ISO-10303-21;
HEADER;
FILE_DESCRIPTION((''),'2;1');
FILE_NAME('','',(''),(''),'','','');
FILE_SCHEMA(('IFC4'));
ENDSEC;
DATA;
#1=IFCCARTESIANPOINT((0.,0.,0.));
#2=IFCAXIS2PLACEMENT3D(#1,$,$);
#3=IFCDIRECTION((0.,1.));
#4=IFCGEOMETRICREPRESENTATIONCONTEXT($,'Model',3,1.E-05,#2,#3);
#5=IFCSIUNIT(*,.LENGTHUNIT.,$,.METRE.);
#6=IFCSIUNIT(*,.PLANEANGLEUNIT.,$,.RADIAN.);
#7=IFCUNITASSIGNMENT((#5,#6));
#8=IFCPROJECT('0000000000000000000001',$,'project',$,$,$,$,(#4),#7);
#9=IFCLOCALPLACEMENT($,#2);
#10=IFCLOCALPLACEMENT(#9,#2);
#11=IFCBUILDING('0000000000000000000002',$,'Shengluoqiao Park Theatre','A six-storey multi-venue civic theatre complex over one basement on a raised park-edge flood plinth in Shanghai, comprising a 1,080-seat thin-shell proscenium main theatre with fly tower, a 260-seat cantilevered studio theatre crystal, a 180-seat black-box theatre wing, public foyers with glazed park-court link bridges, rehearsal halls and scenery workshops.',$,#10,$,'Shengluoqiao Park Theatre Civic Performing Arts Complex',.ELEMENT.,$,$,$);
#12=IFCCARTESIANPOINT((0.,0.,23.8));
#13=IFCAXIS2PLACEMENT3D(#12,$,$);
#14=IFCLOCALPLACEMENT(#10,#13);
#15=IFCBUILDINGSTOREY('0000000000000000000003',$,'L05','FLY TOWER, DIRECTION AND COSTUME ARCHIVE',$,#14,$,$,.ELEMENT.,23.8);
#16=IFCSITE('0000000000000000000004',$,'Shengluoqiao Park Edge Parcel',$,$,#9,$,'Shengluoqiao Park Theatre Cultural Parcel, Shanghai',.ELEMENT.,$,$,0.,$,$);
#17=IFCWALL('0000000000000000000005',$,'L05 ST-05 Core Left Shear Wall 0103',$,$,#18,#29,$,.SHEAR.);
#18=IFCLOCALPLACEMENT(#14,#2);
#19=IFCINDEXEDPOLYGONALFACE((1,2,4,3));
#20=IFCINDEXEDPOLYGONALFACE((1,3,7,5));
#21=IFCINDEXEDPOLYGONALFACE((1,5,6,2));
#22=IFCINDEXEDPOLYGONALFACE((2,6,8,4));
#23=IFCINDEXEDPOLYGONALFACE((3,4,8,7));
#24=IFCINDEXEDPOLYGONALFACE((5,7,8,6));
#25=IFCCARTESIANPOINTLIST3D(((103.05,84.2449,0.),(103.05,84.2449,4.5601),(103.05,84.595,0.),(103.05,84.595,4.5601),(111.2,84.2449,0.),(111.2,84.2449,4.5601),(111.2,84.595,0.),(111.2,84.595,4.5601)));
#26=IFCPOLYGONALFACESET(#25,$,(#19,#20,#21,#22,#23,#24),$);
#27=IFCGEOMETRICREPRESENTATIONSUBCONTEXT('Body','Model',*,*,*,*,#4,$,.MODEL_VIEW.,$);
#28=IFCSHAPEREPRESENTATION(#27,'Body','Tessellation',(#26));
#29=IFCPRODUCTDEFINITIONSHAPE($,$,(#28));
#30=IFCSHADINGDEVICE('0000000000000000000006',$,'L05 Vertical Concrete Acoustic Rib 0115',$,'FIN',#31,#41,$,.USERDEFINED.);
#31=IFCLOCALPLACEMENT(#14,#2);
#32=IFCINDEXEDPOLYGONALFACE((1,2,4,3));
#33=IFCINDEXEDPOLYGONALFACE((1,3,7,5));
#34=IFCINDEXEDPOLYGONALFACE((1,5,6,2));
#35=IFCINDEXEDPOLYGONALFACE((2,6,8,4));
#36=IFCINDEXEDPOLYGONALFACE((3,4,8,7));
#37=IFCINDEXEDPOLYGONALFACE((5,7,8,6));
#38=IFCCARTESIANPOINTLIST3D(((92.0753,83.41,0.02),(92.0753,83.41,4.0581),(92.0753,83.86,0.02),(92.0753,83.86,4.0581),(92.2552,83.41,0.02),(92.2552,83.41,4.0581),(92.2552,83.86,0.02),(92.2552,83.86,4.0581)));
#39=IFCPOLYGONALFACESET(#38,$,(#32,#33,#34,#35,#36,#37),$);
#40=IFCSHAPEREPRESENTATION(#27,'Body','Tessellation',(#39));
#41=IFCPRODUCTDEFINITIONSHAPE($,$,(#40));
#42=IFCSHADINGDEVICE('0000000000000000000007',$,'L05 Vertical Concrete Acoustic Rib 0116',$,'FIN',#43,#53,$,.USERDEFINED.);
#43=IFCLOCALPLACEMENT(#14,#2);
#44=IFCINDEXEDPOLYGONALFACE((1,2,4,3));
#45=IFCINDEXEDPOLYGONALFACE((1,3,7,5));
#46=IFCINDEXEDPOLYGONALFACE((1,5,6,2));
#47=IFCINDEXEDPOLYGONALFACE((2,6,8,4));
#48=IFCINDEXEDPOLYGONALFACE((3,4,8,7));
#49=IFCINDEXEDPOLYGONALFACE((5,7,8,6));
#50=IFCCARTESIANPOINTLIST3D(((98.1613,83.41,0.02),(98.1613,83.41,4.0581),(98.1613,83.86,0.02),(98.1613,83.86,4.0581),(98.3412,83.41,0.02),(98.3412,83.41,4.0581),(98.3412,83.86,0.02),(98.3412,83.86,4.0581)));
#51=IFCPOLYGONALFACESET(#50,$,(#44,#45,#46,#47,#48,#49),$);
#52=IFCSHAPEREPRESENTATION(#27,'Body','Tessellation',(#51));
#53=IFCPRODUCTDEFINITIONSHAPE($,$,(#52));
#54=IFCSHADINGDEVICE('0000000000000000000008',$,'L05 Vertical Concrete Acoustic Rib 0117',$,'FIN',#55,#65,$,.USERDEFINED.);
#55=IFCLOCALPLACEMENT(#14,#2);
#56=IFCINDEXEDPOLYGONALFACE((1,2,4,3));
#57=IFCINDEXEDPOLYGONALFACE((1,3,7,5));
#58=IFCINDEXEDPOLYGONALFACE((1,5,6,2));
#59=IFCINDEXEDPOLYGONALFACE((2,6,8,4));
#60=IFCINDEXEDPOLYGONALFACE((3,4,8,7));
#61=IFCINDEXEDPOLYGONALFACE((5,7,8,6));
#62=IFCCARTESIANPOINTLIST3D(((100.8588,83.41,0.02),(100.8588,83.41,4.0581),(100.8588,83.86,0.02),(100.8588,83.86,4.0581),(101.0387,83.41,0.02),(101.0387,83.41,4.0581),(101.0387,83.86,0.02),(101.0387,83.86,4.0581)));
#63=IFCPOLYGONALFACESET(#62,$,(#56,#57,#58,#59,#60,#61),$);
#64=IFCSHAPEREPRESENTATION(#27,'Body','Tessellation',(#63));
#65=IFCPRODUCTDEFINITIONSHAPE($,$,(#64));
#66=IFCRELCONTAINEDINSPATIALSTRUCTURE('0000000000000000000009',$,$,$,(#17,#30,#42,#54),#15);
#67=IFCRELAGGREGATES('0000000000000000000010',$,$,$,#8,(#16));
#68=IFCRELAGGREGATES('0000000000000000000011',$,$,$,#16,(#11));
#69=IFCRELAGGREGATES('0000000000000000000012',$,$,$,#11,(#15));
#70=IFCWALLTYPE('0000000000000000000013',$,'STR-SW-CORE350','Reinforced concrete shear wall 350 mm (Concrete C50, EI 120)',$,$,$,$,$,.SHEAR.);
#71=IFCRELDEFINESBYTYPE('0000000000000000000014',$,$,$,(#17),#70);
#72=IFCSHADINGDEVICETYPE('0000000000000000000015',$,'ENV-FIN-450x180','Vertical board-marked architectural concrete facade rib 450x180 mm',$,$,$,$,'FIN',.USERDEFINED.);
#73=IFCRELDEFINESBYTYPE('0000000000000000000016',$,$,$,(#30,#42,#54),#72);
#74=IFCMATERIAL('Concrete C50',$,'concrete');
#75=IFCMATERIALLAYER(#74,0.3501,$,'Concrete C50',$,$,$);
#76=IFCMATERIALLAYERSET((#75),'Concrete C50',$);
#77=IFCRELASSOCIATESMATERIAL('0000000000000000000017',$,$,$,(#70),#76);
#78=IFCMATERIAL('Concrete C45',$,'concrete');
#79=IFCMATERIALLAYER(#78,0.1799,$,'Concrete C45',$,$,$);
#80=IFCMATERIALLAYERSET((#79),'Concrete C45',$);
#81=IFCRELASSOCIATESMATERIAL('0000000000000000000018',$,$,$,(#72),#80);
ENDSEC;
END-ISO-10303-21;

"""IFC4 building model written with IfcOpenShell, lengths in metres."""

from ifc_helpers import new_model, si_unit, direction, frame, frame_2d, origin, origin_2d, place, context, subcontext, project, spatial, rectangle, extrude, material, layer, layer_set, type_object, element, save


model = new_model("IFC4")

# Units and contexts
model_context = context("Model", 3, precision=1e-05, world=origin(), true_north=direction((0.0, 1.0)))
body_context = subcontext(model_context, "Body", "Model", "MODEL_VIEW")
ifc_project = project(units=[si_unit("LENGTHUNIT", "METRE"), si_unit("PLANEANGLEUNIT", "RADIAN")], contexts=[model_context])

# Site, building, storey
site_placement = place(None, origin())
site = spatial("IfcSite", under=ifc_project, at=site_placement, Name="Shengluoqiao Park Edge Parcel", LongName="Shengluoqiao Park Theatre Cultural Parcel, Shanghai", CompositionType="ELEMENT", RefElevation=0.0)
building_placement = place(site_placement, origin())
building = spatial("IfcBuilding", under=site, at=building_placement, Name="Shengluoqiao Park Theatre", Description="A six-storey multi-venue civic theatre complex over one basement on a raised park-edge flood plinth in Shanghai, comprising a 1,080-seat thin-shell proscenium main theatre with fly tower, a 260-seat cantilevered studio theatre crystal, a 180-seat black-box theatre wing, public foyers with glazed park-court link bridges, rehearsal halls and scenery workshops.", LongName="Shengluoqiao Park Theatre Civic Performing Arts Complex", CompositionType="ELEMENT")
storey_placement = place(building_placement, frame((0.0, 0.0, 23.8)))
storey = spatial("IfcBuildingStorey", under=building, at=storey_placement, Name="L05", Description="FLY TOWER, DIRECTION AND COSTUME ARCHIVE", CompositionType="ELEMENT", Elevation=23.8)

# Shared definitions
ifc_material_1 = material(Name="Concrete C50", Category="concrete")

# Wall
ifc_layer_1 = layer(ifc_material_1, 0.3501, Name="Concrete C50")
ifc_layer_set_1 = layer_set([ifc_layer_1], Name="Concrete C50")
wall_type_1 = type_object("IfcWallType", Name="STR-SW-CORE350", Description="Reinforced concrete shear wall 350 mm (Concrete C50, EI 120)", PredefinedType="SHEAR", material=ifc_layer_set_1)
wall_1_placement = place(storey_placement, frame((103.05, 84.4199, 0.0), z_axis=(0.0, 0.0, 1.0), x_axis=(1.0, 0.0, 0.0)))
element("IfcWall", 1, at=wall_1_placement, inside=storey, type_object=wall_type_1, Name="L05 ST-05 Core Left Shear Wall 0103", PredefinedType="SHEAR", context=body_context, shape_type="SweptSolid", body=[
    extrude(rectangle(XDim=8.1499, YDim=0.3501, at=frame_2d((4.075, 0.0))), origin(), (0.0, 0.0, 1.0), 4.5601),
])

# Shading devices
ifc_material_2 = material(Name="Concrete C45", Category="concrete")
ifc_layer_2 = layer(ifc_material_2, 0.1799, Name="Concrete C45")
ifc_layer_set_2 = layer_set([ifc_layer_2], Name="Concrete C45")
shading_device_type = type_object("IfcShadingDeviceType", Name="ENV-FIN-450x180", Description="Vertical board-marked architectural concrete facade rib 450x180 mm", ElementType="FIN", PredefinedType="USERDEFINED", material=ifc_layer_set_2)
for number, where, z_axis, x_axis, name in (
    (2, (92.1653, 83.635, 0.02), (0.0, 0.0, 1.0), (0.0, -1.0, 0.0), "L05 Vertical Concrete Acoustic Rib 0115"),
    (3, (98.2512, 83.635, 0.02), (0.0, 0.0, 1.0), (0.0, -1.0, 0.0), "L05 Vertical Concrete Acoustic Rib 0116"),
    (4, (100.9487, 83.635, 0.02), (0.0, 0.0, 1.0), (0.0, -1.0, 0.0), "L05 Vertical Concrete Acoustic Rib 0117"),
):
    element("IfcShadingDevice", number, at=place(storey_placement, frame(where, z_axis=z_axis, x_axis=x_axis)), inside=storey, type_object=shading_device_type, Name=name, ObjectType="FIN", PredefinedType="USERDEFINED", context=body_context, shape_type="SweptSolid", body=[
        extrude(rectangle(XDim=0.45, YDim=0.1799, at=origin_2d()), origin(), (0.0, 0.0, 1.0), 4.0381),
    ])

save(model, "model.ifc")
